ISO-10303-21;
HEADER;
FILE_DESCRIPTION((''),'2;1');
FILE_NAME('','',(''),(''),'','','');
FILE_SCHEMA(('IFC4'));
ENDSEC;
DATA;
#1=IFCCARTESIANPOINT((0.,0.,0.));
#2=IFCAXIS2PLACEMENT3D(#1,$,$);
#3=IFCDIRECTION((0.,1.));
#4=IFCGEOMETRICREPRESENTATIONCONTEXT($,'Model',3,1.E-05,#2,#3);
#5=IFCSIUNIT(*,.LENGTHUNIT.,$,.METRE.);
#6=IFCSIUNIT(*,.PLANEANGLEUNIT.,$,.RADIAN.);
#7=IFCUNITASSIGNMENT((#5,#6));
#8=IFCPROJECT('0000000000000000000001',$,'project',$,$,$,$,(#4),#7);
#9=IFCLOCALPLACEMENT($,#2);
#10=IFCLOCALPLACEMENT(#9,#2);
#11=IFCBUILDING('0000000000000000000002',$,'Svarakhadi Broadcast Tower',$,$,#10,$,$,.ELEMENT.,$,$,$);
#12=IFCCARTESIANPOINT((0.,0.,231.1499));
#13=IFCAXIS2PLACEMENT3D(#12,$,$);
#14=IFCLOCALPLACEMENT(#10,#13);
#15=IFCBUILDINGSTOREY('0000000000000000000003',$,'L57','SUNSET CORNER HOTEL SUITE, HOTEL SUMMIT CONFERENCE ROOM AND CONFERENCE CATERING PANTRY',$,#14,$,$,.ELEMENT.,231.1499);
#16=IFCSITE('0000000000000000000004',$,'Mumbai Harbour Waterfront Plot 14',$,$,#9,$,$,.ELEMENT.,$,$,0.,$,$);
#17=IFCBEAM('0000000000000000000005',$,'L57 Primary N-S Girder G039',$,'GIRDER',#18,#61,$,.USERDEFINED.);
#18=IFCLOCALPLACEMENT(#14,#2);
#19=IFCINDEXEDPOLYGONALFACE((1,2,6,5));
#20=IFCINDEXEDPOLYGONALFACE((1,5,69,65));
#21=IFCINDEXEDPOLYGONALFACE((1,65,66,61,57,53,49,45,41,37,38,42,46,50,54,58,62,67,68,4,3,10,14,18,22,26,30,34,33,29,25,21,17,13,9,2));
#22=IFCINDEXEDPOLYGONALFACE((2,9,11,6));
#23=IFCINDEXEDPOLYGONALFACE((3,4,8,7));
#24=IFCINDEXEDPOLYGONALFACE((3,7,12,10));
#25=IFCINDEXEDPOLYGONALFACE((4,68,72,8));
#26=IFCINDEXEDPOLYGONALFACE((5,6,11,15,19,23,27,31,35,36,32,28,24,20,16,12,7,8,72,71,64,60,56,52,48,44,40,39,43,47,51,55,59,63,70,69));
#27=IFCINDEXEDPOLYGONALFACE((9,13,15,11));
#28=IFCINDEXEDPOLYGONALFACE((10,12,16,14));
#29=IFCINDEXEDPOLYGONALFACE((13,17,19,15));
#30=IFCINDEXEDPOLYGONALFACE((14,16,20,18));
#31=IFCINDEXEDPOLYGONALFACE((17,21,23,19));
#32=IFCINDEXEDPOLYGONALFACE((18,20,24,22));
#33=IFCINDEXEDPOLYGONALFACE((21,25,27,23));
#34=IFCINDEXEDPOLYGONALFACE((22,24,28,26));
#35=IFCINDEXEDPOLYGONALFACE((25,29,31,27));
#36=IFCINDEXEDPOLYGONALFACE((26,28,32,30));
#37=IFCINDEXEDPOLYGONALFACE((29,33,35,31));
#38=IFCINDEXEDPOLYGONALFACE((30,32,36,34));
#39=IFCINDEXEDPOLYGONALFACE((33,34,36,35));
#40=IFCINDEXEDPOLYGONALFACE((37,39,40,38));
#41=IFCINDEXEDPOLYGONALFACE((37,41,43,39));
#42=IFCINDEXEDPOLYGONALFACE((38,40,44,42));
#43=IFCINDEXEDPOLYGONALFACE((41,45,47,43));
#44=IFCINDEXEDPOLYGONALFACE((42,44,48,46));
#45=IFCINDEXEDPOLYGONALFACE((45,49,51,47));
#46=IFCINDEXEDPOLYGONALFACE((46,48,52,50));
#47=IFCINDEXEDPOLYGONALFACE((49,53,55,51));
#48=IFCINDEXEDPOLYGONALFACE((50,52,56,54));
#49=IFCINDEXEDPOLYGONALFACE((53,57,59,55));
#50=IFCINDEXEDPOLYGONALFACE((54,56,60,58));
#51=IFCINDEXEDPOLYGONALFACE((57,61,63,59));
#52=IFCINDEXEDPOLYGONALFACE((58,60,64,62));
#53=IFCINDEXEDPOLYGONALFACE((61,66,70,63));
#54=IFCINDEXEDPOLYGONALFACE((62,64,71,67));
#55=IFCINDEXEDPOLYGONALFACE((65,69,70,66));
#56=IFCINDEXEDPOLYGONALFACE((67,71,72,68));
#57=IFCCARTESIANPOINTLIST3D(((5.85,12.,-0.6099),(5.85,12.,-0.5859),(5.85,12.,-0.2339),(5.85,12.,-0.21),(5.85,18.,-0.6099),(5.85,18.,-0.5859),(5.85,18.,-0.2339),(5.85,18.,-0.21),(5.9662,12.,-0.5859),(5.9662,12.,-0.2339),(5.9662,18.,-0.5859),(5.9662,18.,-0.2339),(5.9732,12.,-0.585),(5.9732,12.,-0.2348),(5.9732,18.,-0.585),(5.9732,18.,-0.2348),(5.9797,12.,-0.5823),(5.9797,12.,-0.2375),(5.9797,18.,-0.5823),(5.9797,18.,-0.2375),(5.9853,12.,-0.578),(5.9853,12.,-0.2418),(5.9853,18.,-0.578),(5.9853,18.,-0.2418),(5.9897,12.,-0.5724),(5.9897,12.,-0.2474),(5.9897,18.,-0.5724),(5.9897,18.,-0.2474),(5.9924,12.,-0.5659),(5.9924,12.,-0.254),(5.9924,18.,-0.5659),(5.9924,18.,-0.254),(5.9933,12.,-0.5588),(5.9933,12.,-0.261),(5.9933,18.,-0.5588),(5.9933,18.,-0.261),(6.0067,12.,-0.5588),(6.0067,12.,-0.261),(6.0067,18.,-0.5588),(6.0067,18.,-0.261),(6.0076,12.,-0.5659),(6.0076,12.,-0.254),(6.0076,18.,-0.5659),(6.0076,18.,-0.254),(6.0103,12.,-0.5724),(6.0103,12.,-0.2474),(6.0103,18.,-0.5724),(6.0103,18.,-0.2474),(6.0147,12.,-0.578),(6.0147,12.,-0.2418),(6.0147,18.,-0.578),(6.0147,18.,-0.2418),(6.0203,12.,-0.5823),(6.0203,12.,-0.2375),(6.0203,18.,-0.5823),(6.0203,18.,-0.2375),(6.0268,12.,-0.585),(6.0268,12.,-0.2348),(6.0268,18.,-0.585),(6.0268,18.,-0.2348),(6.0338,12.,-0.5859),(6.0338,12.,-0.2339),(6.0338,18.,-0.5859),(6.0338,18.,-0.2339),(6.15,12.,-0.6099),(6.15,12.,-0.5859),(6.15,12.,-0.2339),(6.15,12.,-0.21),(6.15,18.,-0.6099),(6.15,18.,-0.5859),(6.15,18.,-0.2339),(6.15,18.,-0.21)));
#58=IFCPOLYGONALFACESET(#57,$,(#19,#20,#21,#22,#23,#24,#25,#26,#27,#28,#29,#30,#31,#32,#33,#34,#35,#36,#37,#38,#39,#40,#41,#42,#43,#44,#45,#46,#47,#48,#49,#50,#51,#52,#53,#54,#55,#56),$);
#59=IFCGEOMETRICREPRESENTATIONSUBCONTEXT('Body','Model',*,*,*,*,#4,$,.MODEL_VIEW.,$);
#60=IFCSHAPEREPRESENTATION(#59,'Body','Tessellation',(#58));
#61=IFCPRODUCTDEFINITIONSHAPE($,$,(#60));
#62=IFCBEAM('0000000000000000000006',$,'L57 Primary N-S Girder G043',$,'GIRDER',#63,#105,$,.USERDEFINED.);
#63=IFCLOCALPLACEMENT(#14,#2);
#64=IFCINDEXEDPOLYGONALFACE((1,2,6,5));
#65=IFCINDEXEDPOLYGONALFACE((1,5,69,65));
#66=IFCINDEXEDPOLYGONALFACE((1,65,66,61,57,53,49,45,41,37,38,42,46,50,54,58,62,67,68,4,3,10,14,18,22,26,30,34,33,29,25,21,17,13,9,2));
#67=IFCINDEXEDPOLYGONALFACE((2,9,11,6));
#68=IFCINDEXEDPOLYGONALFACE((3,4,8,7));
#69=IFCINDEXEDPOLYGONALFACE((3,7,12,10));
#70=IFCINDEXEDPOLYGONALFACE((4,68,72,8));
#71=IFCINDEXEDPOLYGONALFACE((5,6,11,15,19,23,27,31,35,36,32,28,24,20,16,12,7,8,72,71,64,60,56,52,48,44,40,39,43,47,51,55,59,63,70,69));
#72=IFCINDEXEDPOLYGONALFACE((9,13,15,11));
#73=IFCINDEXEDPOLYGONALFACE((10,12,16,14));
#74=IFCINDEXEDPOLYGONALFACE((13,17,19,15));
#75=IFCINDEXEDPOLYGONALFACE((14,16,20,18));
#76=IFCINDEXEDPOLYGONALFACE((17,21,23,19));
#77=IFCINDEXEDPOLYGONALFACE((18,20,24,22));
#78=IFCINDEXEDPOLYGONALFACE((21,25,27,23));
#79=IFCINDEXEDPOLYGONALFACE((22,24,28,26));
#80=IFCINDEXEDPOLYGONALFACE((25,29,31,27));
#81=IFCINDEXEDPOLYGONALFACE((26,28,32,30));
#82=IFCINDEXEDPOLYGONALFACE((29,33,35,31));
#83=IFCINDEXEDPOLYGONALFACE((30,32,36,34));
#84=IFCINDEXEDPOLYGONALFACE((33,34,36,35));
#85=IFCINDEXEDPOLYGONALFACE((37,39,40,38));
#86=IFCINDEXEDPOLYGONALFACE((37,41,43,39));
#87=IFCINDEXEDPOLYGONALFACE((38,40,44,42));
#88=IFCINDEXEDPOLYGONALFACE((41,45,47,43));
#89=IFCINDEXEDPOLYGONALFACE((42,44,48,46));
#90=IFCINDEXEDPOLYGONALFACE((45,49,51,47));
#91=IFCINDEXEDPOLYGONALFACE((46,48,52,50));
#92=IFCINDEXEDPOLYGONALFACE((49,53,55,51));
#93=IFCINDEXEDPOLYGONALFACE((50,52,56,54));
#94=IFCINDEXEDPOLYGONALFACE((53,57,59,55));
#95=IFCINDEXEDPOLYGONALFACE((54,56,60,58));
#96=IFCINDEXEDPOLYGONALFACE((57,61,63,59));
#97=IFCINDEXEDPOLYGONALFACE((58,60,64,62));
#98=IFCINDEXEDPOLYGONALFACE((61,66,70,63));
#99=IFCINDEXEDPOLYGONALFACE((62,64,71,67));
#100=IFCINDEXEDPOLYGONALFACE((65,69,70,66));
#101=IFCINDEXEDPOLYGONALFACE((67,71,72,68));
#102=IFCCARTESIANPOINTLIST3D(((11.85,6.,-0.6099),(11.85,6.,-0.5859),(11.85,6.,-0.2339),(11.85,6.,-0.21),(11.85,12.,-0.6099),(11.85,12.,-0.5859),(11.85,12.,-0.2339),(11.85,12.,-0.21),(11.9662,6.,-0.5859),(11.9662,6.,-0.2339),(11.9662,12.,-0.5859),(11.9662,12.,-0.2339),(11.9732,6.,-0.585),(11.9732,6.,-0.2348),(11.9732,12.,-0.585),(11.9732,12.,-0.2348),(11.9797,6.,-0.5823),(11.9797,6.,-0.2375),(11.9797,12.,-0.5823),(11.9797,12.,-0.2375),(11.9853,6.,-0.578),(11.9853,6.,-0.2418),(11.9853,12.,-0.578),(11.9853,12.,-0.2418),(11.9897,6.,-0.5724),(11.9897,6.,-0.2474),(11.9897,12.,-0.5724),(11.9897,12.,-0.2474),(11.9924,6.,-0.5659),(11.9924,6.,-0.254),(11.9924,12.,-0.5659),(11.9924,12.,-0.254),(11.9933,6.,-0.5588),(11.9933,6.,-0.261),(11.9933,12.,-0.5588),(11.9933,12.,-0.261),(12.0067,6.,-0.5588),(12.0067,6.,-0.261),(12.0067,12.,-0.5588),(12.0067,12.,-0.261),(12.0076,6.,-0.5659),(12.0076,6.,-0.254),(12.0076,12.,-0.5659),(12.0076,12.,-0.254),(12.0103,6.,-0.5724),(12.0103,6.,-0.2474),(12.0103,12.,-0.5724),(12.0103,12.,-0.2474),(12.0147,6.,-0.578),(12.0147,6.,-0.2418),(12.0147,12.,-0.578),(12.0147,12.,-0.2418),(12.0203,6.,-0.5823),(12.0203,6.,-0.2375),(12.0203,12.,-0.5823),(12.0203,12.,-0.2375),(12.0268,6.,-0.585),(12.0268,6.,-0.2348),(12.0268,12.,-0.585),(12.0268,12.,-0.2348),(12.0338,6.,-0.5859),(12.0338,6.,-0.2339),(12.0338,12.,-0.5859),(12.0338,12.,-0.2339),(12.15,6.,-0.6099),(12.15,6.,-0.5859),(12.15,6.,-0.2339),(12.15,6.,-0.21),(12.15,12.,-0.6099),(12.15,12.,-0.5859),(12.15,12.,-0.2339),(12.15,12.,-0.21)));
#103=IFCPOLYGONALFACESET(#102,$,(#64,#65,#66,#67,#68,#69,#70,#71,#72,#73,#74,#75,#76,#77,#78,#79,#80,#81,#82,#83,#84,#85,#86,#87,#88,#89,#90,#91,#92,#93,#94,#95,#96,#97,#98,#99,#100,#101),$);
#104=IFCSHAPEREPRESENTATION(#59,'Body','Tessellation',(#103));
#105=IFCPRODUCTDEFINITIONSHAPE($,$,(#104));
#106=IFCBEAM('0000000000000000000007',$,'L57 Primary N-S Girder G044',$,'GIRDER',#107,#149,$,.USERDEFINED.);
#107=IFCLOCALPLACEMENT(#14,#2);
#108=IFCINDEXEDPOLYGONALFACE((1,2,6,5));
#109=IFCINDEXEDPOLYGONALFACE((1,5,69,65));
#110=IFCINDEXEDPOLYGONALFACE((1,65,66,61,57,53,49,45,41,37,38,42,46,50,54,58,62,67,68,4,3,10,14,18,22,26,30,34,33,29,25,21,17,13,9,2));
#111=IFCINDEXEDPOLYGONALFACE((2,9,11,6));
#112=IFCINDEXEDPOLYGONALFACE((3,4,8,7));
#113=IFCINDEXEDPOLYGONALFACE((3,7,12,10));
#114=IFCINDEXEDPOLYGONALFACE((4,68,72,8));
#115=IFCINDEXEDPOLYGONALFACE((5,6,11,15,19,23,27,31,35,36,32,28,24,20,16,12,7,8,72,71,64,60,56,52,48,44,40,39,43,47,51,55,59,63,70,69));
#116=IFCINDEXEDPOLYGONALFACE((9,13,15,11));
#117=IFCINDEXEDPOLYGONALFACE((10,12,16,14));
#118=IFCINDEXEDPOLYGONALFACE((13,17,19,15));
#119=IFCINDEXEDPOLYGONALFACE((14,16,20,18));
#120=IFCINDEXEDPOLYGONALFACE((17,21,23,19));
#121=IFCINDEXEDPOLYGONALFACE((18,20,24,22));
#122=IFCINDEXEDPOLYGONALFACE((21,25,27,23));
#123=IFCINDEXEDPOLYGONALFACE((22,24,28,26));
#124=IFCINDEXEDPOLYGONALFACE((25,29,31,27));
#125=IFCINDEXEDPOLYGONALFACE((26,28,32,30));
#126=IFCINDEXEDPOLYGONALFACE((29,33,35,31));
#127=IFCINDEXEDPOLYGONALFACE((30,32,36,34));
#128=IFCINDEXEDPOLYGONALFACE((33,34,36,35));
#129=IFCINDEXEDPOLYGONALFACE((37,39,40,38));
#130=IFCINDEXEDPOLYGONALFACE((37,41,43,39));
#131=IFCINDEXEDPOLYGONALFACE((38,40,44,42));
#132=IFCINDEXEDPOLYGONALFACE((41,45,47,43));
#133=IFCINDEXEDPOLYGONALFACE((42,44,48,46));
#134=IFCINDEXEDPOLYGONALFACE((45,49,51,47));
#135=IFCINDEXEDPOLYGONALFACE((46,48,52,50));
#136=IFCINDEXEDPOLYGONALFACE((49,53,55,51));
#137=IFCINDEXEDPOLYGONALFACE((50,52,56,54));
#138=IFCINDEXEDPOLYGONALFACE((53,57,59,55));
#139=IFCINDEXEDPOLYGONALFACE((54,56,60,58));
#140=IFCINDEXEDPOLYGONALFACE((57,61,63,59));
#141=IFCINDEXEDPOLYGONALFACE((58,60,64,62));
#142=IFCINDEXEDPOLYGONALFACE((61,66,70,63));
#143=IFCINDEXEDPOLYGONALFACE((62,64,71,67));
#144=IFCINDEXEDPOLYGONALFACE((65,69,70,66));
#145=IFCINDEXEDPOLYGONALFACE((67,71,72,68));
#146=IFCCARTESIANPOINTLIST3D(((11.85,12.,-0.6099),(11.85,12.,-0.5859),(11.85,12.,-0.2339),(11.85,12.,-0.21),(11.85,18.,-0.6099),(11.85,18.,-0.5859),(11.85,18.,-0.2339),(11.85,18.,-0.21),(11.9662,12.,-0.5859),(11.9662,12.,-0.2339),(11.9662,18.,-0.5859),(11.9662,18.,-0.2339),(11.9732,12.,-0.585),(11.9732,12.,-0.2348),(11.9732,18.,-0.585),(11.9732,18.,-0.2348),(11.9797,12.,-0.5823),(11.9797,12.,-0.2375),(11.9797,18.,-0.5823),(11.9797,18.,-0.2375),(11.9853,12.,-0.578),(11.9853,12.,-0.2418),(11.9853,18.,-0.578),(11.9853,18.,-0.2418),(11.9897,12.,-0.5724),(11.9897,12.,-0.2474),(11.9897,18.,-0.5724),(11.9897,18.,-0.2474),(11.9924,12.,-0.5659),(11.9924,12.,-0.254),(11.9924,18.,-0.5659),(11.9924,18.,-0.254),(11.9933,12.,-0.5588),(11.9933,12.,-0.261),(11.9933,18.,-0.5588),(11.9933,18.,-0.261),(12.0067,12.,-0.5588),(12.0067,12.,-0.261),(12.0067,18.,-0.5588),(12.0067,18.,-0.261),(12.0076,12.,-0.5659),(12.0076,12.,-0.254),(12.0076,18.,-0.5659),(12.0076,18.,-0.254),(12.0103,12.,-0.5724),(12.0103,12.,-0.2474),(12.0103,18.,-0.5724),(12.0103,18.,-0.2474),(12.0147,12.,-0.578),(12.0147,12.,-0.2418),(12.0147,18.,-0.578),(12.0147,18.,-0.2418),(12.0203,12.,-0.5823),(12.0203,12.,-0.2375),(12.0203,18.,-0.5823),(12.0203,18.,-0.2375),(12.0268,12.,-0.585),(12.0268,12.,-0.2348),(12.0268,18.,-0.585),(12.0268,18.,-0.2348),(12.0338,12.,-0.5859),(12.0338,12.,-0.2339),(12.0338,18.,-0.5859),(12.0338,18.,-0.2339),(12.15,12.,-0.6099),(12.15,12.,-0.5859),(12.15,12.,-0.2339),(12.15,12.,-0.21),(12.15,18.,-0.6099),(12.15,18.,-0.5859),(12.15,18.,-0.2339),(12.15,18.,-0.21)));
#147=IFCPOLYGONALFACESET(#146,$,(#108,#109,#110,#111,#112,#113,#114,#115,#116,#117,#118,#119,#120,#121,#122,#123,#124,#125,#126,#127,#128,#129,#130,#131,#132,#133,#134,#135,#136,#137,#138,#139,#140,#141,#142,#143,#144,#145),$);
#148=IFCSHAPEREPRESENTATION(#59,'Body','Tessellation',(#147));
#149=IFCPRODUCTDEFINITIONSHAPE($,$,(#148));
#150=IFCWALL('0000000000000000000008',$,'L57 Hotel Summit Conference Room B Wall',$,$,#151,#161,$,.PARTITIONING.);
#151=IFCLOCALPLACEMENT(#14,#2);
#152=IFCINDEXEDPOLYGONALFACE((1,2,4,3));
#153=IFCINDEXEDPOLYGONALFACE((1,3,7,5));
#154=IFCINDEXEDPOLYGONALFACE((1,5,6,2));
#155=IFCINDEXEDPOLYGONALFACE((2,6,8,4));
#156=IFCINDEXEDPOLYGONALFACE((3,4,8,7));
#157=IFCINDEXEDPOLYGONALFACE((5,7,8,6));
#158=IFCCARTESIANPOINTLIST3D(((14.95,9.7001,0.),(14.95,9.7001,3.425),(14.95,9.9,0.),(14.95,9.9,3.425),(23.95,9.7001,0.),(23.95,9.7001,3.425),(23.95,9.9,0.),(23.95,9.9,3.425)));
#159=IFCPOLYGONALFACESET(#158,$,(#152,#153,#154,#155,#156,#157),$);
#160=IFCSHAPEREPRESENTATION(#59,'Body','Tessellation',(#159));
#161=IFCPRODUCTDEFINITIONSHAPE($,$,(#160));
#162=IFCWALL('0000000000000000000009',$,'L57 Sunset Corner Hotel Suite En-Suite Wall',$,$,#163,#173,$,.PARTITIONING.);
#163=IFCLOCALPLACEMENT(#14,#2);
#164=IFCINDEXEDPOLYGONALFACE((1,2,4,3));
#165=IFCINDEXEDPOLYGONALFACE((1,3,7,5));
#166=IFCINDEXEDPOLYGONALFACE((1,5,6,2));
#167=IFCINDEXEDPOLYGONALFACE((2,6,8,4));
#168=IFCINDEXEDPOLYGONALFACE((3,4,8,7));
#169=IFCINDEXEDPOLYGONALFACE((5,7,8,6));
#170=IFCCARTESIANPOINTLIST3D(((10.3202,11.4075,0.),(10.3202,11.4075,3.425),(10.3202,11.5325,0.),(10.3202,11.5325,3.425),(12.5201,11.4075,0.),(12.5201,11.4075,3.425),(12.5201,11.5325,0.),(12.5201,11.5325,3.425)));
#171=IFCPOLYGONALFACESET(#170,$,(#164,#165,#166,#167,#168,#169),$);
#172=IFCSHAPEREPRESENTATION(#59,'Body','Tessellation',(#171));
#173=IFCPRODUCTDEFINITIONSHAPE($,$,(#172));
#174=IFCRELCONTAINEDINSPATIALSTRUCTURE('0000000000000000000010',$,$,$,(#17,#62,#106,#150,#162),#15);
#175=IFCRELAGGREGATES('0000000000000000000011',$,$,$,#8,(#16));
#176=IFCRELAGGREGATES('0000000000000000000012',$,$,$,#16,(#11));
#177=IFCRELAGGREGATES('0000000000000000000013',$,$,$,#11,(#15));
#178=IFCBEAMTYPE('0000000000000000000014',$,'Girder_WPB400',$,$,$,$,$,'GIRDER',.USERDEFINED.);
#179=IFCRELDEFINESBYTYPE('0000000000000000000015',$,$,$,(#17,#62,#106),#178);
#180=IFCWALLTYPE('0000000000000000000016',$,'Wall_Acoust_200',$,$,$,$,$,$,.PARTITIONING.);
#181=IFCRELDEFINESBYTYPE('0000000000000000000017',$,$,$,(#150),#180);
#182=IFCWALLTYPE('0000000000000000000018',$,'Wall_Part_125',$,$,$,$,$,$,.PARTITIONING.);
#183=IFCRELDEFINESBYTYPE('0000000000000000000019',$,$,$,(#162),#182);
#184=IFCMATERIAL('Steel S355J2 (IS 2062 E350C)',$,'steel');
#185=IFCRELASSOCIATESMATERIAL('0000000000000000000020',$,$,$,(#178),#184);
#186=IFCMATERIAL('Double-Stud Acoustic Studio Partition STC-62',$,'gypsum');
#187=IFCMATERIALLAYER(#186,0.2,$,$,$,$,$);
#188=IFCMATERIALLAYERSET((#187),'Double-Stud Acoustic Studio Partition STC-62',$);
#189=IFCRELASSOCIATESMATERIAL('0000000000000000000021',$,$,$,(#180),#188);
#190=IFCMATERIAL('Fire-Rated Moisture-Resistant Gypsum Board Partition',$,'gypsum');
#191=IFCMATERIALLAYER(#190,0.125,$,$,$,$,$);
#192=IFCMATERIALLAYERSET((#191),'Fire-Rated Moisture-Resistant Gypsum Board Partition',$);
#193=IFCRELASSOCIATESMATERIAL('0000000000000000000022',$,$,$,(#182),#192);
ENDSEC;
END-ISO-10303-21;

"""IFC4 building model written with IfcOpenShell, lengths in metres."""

from ifc_helpers import new_model, si_unit, direction, frame, frame_2d, origin, origin_2d, place, context, subcontext, project, spatial, rectangle, i_section, extrude, material, layer, layer_set, material_profile, profile_set, type_object, element, save


model = new_model("IFC4")

# Units and contexts
model_context = context("Model", 3, precision=1e-05, world=origin(), true_north=direction((0.0, 1.0)))
body_context = subcontext(model_context, "Body", "Model", "MODEL_VIEW")
ifc_project = project(units=[si_unit("LENGTHUNIT", "METRE"), si_unit("PLANEANGLEUNIT", "RADIAN")], contexts=[model_context])

# Site, building, storey
site_placement = place(None, origin())
site = spatial("IfcSite", under=ifc_project, at=site_placement, Name="Mumbai Harbour Waterfront Plot 14", CompositionType="ELEMENT", RefElevation=0.0)
building_placement = place(site_placement, origin())
building = spatial("IfcBuilding", under=site, at=building_placement, Name="Svarakhadi Broadcast Tower", CompositionType="ELEMENT")
storey_placement = place(building_placement, frame((0.0, 0.0, 231.1499)))
storey = spatial("IfcBuildingStorey", under=building, at=storey_placement, Name="L57", Description="SUNSET CORNER HOTEL SUITE, HOTEL SUMMIT CONFERENCE ROOM AND CONFERENCE CATERING PANTRY", CompositionType="ELEMENT", Elevation=231.1499)

# Beams
ifc_material_1 = material(Name="Steel S355J2 (IS 2062 E350C)", Category="steel")
ifc_material_profile_1 = material_profile(ifc_material_1, i_section(OverallWidth=0.3, OverallDepth=0.3999, WebThickness=0.0134, FlangeThickness=0.0239, FilletRadius=0.0271, at=origin_2d()), Name="WPB 400x300x155")
ifc_profile_set_1 = profile_set([ifc_material_profile_1], Name="Steel S355J2 (IS 2062 E350C)")
beam_type_1 = type_object("IfcBeamType", Name="Girder_WPB400", ElementType="GIRDER", PredefinedType="USERDEFINED", material=ifc_profile_set_1)
for number, where, z_axis, x_axis, name in (
    (1, (6.0, 12.0, -0.4099), (0.0, 1.0, 0.0), (-1.0, 0.0, 0.0), "L57 Primary N-S Girder G039"),
    (2, (12.0, 6.0, -0.4099), (0.0, 1.0, 0.0), (-1.0, 0.0, 0.0), "L57 Primary N-S Girder G043"),
    (3, (12.0, 12.0, -0.4099), (0.0, 1.0, 0.0), (-1.0, 0.0, 0.0), "L57 Primary N-S Girder G044"),
):
    element("IfcBeam", number, at=place(storey_placement, frame(where, z_axis=z_axis, x_axis=x_axis)), inside=storey, type_object=beam_type_1, Name=name, ObjectType="GIRDER", PredefinedType="USERDEFINED", context=body_context, shape_type="SweptSolid", body=[
        extrude(i_section(OverallWidth=0.3, OverallDepth=0.3999, WebThickness=0.0134, FlangeThickness=0.0239, FilletRadius=0.0271, at=origin_2d()), origin(), (0.0, 0.0, 1.0), 6.0),
    ])

# Walls
ifc_material_2 = material(Name="Double-Stud Acoustic Studio Partition STC-62", Category="gypsum")
ifc_layer_1 = layer(ifc_material_2, 0.2)
ifc_layer_set_1 = layer_set([ifc_layer_1], Name="Double-Stud Acoustic Studio Partition STC-62")
wall_type_1 = type_object("IfcWallType", Name="Wall_Acoust_200", PredefinedType="PARTITIONING", material=ifc_layer_set_1)
wall_1_placement = place(storey_placement, frame((14.95, 9.8, 0.0), z_axis=(0.0, 0.0, 1.0), x_axis=(1.0, 0.0, 0.0)))
element("IfcWall", 4, at=wall_1_placement, inside=storey, type_object=wall_type_1, Name="L57 Hotel Summit Conference Room B Wall", PredefinedType="PARTITIONING", context=body_context, shape_type="SweptSolid", body=[
    extrude(rectangle(XDim=9.0, YDim=0.2, at=frame_2d((4.5, 0.0))), origin(), (0.0, 0.0, 1.0), 3.425),
])
ifc_material_3 = material(Name="Fire-Rated Moisture-Resistant Gypsum Board Partition", Category="gypsum")
ifc_layer_2 = layer(ifc_material_3, 0.125)
ifc_layer_set_2 = layer_set([ifc_layer_2], Name="Fire-Rated Moisture-Resistant Gypsum Board Partition")
wall_type_2 = type_object("IfcWallType", Name="Wall_Part_125", PredefinedType="PARTITIONING", material=ifc_layer_set_2)
wall_2_placement = place(storey_placement, frame((10.3201, 11.47, 0.0), z_axis=(0.0, 0.0, 1.0), x_axis=(1.0, 0.0, 0.0)))
element("IfcWall", 5, at=wall_2_placement, inside=storey, type_object=wall_type_2, Name="L57 Sunset Corner Hotel Suite En-Suite Wall", PredefinedType="PARTITIONING", context=body_context, shape_type="SweptSolid", body=[
    extrude(rectangle(XDim=2.2, YDim=0.125, at=frame_2d((1.1001, 0.0))), origin(), (0.0, 0.0, 1.0), 3.425),
])

save(model, "model.ifc")
